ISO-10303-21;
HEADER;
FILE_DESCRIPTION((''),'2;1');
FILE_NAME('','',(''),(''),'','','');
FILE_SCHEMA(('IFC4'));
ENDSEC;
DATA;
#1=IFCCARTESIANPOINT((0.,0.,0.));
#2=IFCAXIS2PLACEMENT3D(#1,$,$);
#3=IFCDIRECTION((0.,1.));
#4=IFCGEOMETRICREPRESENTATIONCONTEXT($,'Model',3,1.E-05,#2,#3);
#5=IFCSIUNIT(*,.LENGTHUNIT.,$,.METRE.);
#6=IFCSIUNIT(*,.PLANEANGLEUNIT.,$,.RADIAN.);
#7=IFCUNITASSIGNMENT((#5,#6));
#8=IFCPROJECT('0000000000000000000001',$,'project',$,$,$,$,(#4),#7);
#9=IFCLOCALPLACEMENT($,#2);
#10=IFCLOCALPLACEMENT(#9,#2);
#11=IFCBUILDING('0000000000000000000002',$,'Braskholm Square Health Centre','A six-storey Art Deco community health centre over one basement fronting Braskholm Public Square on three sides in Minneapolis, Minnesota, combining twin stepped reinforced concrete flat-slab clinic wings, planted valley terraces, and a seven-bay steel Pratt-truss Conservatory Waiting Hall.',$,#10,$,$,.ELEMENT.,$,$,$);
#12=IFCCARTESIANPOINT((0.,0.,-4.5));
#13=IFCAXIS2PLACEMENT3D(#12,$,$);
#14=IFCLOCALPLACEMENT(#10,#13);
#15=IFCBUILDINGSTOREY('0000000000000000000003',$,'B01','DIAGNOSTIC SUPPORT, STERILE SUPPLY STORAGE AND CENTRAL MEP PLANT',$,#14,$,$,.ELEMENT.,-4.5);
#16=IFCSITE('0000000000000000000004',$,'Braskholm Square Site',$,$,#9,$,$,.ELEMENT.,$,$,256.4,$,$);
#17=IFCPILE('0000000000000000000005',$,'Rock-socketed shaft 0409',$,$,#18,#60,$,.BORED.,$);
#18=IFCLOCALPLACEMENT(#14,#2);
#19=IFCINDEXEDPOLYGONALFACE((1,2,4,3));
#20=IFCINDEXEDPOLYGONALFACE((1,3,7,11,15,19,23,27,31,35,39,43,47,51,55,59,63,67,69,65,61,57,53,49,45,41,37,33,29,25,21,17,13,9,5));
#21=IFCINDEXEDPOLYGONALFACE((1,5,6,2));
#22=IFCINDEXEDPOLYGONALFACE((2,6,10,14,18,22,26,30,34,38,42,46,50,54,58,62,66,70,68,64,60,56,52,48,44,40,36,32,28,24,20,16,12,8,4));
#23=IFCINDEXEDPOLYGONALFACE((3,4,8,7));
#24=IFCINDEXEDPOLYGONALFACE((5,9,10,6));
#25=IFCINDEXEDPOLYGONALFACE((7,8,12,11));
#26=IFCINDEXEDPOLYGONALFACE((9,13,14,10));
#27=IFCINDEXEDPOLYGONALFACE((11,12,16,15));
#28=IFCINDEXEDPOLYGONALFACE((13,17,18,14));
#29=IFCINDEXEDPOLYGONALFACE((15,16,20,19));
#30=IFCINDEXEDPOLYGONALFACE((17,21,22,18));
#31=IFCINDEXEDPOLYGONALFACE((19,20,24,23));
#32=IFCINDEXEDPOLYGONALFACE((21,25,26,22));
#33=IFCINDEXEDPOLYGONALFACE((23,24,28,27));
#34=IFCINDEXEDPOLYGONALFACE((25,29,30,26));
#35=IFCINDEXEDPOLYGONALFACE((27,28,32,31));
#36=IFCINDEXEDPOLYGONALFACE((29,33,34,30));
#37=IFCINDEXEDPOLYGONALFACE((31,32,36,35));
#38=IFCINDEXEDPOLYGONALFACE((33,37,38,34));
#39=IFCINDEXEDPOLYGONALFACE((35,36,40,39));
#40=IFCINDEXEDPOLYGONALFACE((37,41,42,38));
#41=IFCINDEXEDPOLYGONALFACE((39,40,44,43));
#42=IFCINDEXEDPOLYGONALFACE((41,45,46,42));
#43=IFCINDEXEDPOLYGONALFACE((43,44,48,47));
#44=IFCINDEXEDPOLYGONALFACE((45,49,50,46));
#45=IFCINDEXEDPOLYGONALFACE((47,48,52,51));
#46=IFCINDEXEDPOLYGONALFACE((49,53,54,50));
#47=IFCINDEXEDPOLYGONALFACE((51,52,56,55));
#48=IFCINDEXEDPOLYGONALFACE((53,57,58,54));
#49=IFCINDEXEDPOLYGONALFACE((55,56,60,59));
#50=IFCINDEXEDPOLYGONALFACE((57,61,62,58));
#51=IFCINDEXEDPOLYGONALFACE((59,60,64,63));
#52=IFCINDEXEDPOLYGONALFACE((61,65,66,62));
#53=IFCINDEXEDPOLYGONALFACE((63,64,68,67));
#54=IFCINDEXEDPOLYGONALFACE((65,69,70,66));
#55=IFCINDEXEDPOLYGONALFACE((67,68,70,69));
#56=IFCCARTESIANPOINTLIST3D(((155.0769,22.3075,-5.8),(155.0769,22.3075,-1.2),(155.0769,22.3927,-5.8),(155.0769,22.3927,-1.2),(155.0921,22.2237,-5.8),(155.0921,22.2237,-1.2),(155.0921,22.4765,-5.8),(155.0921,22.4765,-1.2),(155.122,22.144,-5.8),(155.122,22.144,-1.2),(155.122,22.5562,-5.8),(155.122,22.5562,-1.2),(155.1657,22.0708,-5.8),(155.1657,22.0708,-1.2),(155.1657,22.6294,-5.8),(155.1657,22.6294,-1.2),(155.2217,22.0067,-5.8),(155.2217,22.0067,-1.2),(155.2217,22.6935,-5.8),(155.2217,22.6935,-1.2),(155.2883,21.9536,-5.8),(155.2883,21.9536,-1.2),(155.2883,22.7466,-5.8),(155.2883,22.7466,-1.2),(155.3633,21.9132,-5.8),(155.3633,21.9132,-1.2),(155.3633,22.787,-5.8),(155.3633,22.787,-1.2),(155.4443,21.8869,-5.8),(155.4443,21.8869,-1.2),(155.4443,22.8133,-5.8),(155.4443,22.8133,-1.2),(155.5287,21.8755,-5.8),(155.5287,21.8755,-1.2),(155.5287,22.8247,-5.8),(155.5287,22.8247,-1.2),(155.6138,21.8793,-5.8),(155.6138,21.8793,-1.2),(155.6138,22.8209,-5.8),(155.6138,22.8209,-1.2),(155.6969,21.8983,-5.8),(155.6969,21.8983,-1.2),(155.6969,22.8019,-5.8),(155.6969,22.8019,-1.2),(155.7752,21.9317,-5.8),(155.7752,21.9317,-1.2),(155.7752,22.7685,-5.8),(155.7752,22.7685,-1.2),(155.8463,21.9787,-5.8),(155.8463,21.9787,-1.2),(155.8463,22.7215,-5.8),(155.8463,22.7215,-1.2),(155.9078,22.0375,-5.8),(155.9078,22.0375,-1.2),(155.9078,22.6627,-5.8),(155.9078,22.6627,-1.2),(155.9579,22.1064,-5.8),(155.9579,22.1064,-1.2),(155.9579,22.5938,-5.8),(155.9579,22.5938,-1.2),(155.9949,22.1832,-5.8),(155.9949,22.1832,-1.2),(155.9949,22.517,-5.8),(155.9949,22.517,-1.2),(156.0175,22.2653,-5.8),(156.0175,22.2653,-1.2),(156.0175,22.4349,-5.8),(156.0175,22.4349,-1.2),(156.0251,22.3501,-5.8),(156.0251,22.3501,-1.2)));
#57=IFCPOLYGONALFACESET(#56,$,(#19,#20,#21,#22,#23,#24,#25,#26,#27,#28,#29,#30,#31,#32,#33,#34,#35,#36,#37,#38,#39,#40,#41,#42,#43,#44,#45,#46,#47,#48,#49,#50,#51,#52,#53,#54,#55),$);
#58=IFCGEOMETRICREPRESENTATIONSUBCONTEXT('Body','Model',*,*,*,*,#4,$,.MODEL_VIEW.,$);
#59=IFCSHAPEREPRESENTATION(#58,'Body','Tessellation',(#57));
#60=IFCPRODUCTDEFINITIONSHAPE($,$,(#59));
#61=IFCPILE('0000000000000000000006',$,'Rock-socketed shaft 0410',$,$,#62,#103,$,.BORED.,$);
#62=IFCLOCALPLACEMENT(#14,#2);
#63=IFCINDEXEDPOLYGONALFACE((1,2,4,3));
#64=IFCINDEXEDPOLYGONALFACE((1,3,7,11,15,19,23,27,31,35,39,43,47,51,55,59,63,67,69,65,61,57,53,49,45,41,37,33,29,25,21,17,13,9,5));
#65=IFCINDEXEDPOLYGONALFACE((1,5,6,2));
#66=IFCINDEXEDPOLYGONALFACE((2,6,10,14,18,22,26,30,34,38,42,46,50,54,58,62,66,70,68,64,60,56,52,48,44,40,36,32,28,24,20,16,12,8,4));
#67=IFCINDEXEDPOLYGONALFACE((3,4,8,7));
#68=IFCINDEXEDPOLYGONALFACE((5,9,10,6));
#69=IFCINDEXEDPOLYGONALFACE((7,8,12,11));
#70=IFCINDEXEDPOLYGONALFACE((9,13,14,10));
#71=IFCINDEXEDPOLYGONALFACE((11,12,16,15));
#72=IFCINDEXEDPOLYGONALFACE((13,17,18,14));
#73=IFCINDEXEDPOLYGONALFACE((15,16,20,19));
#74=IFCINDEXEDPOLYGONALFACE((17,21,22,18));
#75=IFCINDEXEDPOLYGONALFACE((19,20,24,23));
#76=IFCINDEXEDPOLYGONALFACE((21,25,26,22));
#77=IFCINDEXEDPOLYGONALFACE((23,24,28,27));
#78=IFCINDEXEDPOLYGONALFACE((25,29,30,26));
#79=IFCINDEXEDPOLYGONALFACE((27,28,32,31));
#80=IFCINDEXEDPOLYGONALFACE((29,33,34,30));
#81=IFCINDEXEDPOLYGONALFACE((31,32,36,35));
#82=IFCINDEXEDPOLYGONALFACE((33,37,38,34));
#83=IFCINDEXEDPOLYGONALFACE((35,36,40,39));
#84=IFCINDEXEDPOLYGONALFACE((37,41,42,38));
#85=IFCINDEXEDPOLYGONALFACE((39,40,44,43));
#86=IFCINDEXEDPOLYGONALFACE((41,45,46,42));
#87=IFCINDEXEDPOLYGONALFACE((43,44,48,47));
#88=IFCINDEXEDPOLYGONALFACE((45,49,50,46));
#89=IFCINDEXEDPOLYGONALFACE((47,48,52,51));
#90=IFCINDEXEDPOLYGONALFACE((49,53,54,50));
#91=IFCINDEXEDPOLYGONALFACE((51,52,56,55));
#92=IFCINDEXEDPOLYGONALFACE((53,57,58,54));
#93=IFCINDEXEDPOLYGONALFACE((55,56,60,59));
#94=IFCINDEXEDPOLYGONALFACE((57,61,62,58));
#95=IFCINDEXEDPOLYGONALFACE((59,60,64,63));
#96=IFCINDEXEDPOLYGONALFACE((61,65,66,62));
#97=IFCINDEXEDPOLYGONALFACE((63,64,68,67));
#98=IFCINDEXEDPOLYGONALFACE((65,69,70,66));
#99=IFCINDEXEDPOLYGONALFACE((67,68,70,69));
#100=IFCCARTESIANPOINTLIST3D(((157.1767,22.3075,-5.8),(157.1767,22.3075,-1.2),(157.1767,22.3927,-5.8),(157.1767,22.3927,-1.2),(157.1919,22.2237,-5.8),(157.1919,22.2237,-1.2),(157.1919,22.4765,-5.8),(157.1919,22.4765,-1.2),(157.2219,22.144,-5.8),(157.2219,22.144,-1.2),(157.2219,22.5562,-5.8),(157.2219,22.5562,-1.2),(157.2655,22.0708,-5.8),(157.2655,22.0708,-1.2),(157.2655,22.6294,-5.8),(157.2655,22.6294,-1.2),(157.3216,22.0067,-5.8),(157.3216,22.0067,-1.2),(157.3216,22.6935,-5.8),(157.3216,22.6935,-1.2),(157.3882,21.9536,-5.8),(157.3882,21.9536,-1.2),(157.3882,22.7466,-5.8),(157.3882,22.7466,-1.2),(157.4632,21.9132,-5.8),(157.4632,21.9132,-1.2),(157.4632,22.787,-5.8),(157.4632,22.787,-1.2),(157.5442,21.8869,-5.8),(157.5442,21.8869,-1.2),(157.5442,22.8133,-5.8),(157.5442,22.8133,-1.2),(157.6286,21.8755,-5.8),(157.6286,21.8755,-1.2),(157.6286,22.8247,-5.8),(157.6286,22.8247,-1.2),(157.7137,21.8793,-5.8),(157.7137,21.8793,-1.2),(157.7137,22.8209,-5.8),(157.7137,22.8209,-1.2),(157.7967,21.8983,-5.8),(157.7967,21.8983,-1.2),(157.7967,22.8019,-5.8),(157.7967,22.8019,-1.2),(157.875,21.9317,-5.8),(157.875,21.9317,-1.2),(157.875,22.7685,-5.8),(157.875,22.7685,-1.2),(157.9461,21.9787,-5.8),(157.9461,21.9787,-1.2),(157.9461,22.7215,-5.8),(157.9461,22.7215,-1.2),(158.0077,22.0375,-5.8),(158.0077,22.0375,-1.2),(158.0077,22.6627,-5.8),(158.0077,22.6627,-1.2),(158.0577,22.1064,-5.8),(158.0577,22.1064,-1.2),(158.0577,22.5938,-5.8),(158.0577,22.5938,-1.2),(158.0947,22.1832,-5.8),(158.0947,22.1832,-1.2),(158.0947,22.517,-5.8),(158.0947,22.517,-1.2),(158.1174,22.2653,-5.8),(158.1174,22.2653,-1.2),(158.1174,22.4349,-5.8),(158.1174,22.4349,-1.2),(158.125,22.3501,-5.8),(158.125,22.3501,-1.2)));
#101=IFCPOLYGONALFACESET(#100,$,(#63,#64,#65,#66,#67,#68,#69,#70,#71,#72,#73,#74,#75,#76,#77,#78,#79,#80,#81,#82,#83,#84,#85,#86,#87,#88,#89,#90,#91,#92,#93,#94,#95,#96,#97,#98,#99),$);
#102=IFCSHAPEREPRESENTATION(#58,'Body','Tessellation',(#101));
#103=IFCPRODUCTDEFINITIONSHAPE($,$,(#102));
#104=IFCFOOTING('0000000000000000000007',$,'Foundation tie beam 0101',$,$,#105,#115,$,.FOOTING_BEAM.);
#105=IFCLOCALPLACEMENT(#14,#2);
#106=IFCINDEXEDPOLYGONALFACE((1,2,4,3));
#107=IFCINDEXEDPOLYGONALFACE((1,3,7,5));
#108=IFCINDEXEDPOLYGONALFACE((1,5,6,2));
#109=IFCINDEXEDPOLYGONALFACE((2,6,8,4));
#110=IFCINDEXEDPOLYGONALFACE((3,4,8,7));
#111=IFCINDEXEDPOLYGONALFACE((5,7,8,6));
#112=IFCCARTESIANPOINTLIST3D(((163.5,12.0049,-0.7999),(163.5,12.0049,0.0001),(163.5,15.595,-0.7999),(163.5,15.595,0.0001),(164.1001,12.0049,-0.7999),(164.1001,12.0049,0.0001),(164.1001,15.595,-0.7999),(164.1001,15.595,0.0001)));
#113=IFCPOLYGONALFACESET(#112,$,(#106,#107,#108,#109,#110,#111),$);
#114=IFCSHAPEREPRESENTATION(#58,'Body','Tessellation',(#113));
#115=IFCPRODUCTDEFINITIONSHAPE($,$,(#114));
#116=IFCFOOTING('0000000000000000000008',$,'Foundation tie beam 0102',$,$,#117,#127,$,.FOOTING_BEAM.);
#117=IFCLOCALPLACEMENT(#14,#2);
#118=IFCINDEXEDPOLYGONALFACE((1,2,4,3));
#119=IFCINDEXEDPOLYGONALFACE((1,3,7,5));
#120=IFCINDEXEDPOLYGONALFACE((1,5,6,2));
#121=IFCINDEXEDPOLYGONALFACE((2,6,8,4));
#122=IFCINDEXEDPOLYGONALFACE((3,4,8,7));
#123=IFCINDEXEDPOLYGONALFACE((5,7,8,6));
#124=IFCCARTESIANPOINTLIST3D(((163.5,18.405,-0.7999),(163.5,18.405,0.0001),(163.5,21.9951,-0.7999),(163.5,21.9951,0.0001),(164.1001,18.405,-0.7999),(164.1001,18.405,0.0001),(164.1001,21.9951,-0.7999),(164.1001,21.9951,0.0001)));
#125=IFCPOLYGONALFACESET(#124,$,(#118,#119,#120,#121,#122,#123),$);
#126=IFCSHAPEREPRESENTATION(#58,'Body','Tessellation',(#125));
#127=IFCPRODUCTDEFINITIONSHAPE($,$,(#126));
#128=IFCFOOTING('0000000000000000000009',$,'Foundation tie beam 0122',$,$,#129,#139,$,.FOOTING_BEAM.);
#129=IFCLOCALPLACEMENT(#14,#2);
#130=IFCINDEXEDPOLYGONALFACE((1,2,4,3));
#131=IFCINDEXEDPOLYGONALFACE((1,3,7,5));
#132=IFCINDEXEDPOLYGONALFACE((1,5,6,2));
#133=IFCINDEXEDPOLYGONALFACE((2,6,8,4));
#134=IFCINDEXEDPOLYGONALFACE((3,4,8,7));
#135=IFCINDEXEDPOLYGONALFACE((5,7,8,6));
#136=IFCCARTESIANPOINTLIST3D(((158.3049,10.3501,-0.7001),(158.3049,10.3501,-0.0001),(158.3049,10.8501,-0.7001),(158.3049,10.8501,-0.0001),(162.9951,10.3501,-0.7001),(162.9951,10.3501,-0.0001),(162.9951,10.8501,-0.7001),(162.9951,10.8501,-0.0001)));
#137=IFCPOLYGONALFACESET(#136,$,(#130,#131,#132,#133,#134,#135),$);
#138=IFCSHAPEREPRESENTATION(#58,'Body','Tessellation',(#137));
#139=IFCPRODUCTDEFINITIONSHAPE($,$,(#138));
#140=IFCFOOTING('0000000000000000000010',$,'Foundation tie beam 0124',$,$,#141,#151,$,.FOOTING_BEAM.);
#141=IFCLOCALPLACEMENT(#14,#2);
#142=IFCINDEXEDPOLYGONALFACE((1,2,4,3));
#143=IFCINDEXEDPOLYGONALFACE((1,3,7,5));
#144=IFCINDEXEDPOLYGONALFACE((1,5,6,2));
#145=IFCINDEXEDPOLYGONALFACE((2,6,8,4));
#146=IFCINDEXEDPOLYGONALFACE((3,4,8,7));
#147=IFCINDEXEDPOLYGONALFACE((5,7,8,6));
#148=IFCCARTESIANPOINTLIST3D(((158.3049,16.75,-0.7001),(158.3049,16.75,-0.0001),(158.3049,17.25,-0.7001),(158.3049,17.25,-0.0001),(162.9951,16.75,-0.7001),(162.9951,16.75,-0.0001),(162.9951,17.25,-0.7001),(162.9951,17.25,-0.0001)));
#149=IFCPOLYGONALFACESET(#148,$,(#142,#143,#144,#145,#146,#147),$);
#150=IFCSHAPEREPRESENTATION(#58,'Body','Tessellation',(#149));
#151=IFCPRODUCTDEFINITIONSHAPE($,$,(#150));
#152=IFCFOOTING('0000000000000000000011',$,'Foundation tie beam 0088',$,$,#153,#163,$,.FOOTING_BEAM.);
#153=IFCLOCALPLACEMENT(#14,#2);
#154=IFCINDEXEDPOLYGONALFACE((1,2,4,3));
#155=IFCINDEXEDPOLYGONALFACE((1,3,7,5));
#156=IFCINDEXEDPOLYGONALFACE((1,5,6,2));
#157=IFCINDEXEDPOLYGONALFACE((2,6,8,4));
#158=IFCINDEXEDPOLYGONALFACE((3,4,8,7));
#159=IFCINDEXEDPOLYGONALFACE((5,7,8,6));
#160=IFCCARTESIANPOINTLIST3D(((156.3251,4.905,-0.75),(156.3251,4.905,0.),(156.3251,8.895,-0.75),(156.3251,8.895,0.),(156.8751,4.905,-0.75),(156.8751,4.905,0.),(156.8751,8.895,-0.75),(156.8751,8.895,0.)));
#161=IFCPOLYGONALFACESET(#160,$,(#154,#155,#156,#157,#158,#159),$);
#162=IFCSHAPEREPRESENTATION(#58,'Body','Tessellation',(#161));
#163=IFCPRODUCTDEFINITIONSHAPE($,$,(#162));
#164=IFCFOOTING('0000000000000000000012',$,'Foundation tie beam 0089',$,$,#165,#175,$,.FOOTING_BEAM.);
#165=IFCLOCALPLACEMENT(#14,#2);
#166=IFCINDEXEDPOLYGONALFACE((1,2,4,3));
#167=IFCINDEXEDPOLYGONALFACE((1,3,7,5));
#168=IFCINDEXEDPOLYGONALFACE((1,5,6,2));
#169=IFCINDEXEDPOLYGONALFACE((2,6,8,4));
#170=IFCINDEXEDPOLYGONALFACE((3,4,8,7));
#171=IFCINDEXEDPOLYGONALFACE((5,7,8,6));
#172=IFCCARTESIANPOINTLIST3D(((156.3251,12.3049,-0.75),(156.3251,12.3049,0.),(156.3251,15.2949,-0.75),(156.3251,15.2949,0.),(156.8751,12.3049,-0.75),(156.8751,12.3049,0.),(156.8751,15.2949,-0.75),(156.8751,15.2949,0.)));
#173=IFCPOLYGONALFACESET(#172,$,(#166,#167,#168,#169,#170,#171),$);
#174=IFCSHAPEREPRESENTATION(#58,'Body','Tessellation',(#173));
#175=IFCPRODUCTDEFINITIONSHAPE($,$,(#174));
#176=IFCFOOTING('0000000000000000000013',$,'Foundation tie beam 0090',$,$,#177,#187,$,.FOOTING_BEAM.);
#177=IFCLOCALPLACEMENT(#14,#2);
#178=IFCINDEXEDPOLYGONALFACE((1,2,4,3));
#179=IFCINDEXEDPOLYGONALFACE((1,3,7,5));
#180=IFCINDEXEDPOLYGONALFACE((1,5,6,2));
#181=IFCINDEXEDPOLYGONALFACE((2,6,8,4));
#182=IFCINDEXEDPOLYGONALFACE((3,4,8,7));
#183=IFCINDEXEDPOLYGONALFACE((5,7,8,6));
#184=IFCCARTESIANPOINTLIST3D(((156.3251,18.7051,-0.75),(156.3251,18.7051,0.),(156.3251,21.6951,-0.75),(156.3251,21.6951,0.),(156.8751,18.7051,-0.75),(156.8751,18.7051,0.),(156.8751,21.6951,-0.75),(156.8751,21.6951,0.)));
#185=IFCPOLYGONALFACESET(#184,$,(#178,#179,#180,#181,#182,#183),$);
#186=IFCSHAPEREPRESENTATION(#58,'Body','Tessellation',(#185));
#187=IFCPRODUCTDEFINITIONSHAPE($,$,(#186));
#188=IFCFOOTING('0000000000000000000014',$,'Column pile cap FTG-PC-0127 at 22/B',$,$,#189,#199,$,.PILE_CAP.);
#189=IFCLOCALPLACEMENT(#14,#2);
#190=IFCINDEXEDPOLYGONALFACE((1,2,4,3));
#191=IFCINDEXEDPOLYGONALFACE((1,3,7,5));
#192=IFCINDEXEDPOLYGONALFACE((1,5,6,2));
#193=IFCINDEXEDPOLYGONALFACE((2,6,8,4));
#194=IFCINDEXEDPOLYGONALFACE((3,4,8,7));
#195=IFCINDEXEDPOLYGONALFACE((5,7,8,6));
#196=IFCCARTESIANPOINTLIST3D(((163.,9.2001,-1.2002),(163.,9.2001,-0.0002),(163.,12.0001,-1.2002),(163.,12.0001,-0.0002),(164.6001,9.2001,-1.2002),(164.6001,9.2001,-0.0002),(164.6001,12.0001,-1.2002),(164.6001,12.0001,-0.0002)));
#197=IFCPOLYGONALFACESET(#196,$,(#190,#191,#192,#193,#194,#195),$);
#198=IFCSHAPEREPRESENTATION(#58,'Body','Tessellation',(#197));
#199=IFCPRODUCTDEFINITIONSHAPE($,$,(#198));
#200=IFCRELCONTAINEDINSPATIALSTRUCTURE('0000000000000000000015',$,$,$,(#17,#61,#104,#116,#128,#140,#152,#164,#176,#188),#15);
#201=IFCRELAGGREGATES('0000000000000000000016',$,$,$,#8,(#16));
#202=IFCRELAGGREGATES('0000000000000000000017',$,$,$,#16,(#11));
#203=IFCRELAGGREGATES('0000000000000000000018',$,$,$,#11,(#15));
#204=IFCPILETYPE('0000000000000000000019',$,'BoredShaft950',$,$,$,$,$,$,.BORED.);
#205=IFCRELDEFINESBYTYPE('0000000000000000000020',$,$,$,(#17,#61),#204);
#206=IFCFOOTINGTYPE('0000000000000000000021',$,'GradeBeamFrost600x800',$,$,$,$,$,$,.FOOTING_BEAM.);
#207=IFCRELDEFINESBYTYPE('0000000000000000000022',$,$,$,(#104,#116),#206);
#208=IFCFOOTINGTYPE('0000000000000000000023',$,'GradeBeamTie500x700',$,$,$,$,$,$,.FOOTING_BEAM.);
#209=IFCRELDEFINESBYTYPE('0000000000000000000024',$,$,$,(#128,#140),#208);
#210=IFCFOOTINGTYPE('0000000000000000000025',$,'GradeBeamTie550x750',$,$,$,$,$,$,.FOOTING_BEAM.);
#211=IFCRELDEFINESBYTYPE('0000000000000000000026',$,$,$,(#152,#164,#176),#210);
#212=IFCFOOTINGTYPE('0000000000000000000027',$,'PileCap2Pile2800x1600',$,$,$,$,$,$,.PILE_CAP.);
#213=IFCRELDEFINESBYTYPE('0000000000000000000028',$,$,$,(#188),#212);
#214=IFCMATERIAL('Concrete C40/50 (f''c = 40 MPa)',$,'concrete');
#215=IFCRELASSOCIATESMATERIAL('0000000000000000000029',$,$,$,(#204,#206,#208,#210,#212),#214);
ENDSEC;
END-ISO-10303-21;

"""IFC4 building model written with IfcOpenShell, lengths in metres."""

from ifc_helpers import new_model, si_unit, direction, frame, origin, origin_2d, place, context, subcontext, project, spatial, rectangle, circle, extrude, material, material_profile, profile_set, type_object, element, save


model = new_model("IFC4")

# Units and contexts
model_context = context("Model", 3, precision=1e-05, world=origin(), true_north=direction((0.0, 1.0)))
body_context = subcontext(model_context, "Body", "Model", "MODEL_VIEW")
ifc_project = project(units=[si_unit("LENGTHUNIT", "METRE"), si_unit("PLANEANGLEUNIT", "RADIAN")], contexts=[model_context])

# Site, building, storey
site_placement = place(None, origin())
site = spatial("IfcSite", under=ifc_project, at=site_placement, Name="Braskholm Square Site", CompositionType="ELEMENT", RefElevation=256.4)
building_placement = place(site_placement, origin())
building = spatial("IfcBuilding", under=site, at=building_placement, Name="Braskholm Square Health Centre", Description="A six-storey Art Deco community health centre over one basement fronting Braskholm Public Square on three sides in Minneapolis, Minnesota, combining twin stepped reinforced concrete flat-slab clinic wings, planted valley terraces, and a seven-bay steel Pratt-truss Conservatory Waiting Hall.", CompositionType="ELEMENT")
storey_placement = place(building_placement, frame((0.0, 0.0, -4.5)))
storey = spatial("IfcBuildingStorey", under=building, at=storey_placement, Name="B01", Description="DIAGNOSTIC SUPPORT, STERILE SUPPLY STORAGE AND CENTRAL MEP PLANT", CompositionType="ELEMENT", Elevation=-4.5)

# Piles
ifc_material_1 = material(Name="Concrete C40/50 (f'c = 40 MPa)", Category="concrete")
ifc_material_profile_1 = material_profile(ifc_material_1, circle(Radius=0.4751, at=origin_2d()), Name="BORED-PILE-950")
ifc_profile_set_1 = profile_set([ifc_material_profile_1], Name="Concrete C40/50 (f'c = 40 MPa)")
pile_type_1 = type_object("IfcPileType", Name="BoredShaft950", PredefinedType="BORED", material=ifc_profile_set_1)
for number, where, z_axis, x_axis, name in (
    (1, (155.55, 22.3501, -1.2), (0.0, 0.0, -1.0), (1.0, 0.0, 0.0), "Rock-socketed shaft 0409"),
    (2, (157.6499, 22.3501, -1.2), (0.0, 0.0, -1.0), (1.0, 0.0, 0.0), "Rock-socketed shaft 0410"),
):
    element("IfcPile", number, at=place(storey_placement, frame(where, z_axis=z_axis, x_axis=x_axis)), inside=storey, type_object=pile_type_1, Name=name, PredefinedType="BORED", context=body_context, shape_type="SweptSolid", body=[
        extrude(circle(Radius=0.4751, at=origin_2d()), origin(), (0.0, 0.0, 1.0), 4.6001),
    ])

# Footings
ifc_material_profile_2 = material_profile(ifc_material_1, rectangle(XDim=0.6001, YDim=0.8, at=origin_2d()), Name="FTG-600X800")
ifc_profile_set_2 = profile_set([ifc_material_profile_2], Name="Concrete C40/50 (f'c = 40 MPa)")
footing_type_1 = type_object("IfcFootingType", Name="GradeBeamFrost600x800", PredefinedType="FOOTING_BEAM", material=ifc_profile_set_2)
for number, where, z_axis, x_axis, name in (
    (3, (163.8, 12.0049, -0.3999), (0.0, 1.0, 0.0), (-1.0, 0.0, 0.0), "Foundation tie beam 0101"),
    (4, (163.8, 18.405, -0.3999), (0.0, 1.0, 0.0), (-1.0, 0.0, 0.0), "Foundation tie beam 0102"),
):
    element("IfcFooting", number, at=place(storey_placement, frame(where, z_axis=z_axis, x_axis=x_axis)), inside=storey, type_object=footing_type_1, Name=name, PredefinedType="FOOTING_BEAM", context=body_context, shape_type="SweptSolid", body=[
        extrude(rectangle(XDim=0.6001, YDim=0.8, at=origin_2d()), origin(), (0.0, 0.0, 1.0), 3.5901),
    ])
ifc_material_profile_3 = material_profile(ifc_material_1, rectangle(XDim=0.5, YDim=0.7, at=origin_2d()), Name="FTG-500X700")
ifc_profile_set_3 = profile_set([ifc_material_profile_3], Name="Concrete C40/50 (f'c = 40 MPa)")
footing_type_2 = type_object("IfcFootingType", Name="GradeBeamTie500x700", PredefinedType="FOOTING_BEAM", material=ifc_profile_set_3)
for number, where, z_axis, x_axis, name in (
    (5, (158.3049, 10.6001, -0.3501), (1.0, 0.0, 0.0), (0.0, 1.0, 0.0), "Foundation tie beam 0122"),
    (6, (158.3049, 17.0, -0.3501), (1.0, 0.0, 0.0), (0.0, 1.0, 0.0), "Foundation tie beam 0124"),
):
    element("IfcFooting", number, at=place(storey_placement, frame(where, z_axis=z_axis, x_axis=x_axis)), inside=storey, type_object=footing_type_2, Name=name, PredefinedType="FOOTING_BEAM", context=body_context, shape_type="SweptSolid", body=[
        extrude(rectangle(XDim=0.5, YDim=0.7, at=origin_2d()), origin(), (0.0, 0.0, 1.0), 4.6902),
    ])
ifc_material_profile_4 = material_profile(ifc_material_1, rectangle(XDim=0.55, YDim=0.75, at=origin_2d()), Name="FTG-550X750")
ifc_profile_set_4 = profile_set([ifc_material_profile_4], Name="Concrete C40/50 (f'c = 40 MPa)")
footing_type_3 = type_object("IfcFootingType", Name="GradeBeamTie550x750", PredefinedType="FOOTING_BEAM", material=ifc_profile_set_4)
footing_1_placement = place(storey_placement, frame((156.6001, 4.905, -0.375), z_axis=(0.0, 1.0, 0.0), x_axis=(-1.0, 0.0, 0.0)))
element("IfcFooting", 7, at=footing_1_placement, inside=storey, type_object=footing_type_3, Name="Foundation tie beam 0088", PredefinedType="FOOTING_BEAM", context=body_context, shape_type="SweptSolid", body=[
    extrude(rectangle(XDim=0.55, YDim=0.75, at=origin_2d()), origin(), (0.0, 0.0, 1.0), 3.99),
])
for number, where, z_axis, x_axis, name in (
    (8, (156.6001, 12.3049, -0.375), (0.0, 1.0, 0.0), (-1.0, 0.0, 0.0), "Foundation tie beam 0089"),
    (9, (156.6001, 18.7051, -0.375), (0.0, 1.0, 0.0), (-1.0, 0.0, 0.0), "Foundation tie beam 0090"),
):
    element("IfcFooting", number, at=place(storey_placement, frame(where, z_axis=z_axis, x_axis=x_axis)), inside=storey, type_object=footing_type_3, Name=name, PredefinedType="FOOTING_BEAM", context=body_context, shape_type="SweptSolid", body=[
        extrude(rectangle(XDim=0.55, YDim=0.75, at=origin_2d()), origin(), (0.0, 0.0, 1.0), 2.99),
    ])
footing_type_4 = type_object("IfcFootingType", Name="PileCap2Pile2800x1600", PredefinedType="PILE_CAP", material=ifc_material_1)
for number, where, z_axis, x_axis, name in (
    (10, (163.8, 10.6001, -1.2002), (0.0, 0.0, 1.0), (0.0, 1.0, 0.0), "Column pile cap FTG-PC-0127 at 22/B"),
):
    element("IfcFooting", number, at=place(storey_placement, frame(where, z_axis=z_axis, x_axis=x_axis)), inside=storey, type_object=footing_type_4, Name=name, PredefinedType="PILE_CAP", context=body_context, shape_type="SweptSolid", body=[
        extrude(rectangle(XDim=2.8, YDim=1.6001, at=origin_2d()), origin(), (0.0, 0.0, 1.0), 1.2),
    ])

save(model, "model.ifc")
